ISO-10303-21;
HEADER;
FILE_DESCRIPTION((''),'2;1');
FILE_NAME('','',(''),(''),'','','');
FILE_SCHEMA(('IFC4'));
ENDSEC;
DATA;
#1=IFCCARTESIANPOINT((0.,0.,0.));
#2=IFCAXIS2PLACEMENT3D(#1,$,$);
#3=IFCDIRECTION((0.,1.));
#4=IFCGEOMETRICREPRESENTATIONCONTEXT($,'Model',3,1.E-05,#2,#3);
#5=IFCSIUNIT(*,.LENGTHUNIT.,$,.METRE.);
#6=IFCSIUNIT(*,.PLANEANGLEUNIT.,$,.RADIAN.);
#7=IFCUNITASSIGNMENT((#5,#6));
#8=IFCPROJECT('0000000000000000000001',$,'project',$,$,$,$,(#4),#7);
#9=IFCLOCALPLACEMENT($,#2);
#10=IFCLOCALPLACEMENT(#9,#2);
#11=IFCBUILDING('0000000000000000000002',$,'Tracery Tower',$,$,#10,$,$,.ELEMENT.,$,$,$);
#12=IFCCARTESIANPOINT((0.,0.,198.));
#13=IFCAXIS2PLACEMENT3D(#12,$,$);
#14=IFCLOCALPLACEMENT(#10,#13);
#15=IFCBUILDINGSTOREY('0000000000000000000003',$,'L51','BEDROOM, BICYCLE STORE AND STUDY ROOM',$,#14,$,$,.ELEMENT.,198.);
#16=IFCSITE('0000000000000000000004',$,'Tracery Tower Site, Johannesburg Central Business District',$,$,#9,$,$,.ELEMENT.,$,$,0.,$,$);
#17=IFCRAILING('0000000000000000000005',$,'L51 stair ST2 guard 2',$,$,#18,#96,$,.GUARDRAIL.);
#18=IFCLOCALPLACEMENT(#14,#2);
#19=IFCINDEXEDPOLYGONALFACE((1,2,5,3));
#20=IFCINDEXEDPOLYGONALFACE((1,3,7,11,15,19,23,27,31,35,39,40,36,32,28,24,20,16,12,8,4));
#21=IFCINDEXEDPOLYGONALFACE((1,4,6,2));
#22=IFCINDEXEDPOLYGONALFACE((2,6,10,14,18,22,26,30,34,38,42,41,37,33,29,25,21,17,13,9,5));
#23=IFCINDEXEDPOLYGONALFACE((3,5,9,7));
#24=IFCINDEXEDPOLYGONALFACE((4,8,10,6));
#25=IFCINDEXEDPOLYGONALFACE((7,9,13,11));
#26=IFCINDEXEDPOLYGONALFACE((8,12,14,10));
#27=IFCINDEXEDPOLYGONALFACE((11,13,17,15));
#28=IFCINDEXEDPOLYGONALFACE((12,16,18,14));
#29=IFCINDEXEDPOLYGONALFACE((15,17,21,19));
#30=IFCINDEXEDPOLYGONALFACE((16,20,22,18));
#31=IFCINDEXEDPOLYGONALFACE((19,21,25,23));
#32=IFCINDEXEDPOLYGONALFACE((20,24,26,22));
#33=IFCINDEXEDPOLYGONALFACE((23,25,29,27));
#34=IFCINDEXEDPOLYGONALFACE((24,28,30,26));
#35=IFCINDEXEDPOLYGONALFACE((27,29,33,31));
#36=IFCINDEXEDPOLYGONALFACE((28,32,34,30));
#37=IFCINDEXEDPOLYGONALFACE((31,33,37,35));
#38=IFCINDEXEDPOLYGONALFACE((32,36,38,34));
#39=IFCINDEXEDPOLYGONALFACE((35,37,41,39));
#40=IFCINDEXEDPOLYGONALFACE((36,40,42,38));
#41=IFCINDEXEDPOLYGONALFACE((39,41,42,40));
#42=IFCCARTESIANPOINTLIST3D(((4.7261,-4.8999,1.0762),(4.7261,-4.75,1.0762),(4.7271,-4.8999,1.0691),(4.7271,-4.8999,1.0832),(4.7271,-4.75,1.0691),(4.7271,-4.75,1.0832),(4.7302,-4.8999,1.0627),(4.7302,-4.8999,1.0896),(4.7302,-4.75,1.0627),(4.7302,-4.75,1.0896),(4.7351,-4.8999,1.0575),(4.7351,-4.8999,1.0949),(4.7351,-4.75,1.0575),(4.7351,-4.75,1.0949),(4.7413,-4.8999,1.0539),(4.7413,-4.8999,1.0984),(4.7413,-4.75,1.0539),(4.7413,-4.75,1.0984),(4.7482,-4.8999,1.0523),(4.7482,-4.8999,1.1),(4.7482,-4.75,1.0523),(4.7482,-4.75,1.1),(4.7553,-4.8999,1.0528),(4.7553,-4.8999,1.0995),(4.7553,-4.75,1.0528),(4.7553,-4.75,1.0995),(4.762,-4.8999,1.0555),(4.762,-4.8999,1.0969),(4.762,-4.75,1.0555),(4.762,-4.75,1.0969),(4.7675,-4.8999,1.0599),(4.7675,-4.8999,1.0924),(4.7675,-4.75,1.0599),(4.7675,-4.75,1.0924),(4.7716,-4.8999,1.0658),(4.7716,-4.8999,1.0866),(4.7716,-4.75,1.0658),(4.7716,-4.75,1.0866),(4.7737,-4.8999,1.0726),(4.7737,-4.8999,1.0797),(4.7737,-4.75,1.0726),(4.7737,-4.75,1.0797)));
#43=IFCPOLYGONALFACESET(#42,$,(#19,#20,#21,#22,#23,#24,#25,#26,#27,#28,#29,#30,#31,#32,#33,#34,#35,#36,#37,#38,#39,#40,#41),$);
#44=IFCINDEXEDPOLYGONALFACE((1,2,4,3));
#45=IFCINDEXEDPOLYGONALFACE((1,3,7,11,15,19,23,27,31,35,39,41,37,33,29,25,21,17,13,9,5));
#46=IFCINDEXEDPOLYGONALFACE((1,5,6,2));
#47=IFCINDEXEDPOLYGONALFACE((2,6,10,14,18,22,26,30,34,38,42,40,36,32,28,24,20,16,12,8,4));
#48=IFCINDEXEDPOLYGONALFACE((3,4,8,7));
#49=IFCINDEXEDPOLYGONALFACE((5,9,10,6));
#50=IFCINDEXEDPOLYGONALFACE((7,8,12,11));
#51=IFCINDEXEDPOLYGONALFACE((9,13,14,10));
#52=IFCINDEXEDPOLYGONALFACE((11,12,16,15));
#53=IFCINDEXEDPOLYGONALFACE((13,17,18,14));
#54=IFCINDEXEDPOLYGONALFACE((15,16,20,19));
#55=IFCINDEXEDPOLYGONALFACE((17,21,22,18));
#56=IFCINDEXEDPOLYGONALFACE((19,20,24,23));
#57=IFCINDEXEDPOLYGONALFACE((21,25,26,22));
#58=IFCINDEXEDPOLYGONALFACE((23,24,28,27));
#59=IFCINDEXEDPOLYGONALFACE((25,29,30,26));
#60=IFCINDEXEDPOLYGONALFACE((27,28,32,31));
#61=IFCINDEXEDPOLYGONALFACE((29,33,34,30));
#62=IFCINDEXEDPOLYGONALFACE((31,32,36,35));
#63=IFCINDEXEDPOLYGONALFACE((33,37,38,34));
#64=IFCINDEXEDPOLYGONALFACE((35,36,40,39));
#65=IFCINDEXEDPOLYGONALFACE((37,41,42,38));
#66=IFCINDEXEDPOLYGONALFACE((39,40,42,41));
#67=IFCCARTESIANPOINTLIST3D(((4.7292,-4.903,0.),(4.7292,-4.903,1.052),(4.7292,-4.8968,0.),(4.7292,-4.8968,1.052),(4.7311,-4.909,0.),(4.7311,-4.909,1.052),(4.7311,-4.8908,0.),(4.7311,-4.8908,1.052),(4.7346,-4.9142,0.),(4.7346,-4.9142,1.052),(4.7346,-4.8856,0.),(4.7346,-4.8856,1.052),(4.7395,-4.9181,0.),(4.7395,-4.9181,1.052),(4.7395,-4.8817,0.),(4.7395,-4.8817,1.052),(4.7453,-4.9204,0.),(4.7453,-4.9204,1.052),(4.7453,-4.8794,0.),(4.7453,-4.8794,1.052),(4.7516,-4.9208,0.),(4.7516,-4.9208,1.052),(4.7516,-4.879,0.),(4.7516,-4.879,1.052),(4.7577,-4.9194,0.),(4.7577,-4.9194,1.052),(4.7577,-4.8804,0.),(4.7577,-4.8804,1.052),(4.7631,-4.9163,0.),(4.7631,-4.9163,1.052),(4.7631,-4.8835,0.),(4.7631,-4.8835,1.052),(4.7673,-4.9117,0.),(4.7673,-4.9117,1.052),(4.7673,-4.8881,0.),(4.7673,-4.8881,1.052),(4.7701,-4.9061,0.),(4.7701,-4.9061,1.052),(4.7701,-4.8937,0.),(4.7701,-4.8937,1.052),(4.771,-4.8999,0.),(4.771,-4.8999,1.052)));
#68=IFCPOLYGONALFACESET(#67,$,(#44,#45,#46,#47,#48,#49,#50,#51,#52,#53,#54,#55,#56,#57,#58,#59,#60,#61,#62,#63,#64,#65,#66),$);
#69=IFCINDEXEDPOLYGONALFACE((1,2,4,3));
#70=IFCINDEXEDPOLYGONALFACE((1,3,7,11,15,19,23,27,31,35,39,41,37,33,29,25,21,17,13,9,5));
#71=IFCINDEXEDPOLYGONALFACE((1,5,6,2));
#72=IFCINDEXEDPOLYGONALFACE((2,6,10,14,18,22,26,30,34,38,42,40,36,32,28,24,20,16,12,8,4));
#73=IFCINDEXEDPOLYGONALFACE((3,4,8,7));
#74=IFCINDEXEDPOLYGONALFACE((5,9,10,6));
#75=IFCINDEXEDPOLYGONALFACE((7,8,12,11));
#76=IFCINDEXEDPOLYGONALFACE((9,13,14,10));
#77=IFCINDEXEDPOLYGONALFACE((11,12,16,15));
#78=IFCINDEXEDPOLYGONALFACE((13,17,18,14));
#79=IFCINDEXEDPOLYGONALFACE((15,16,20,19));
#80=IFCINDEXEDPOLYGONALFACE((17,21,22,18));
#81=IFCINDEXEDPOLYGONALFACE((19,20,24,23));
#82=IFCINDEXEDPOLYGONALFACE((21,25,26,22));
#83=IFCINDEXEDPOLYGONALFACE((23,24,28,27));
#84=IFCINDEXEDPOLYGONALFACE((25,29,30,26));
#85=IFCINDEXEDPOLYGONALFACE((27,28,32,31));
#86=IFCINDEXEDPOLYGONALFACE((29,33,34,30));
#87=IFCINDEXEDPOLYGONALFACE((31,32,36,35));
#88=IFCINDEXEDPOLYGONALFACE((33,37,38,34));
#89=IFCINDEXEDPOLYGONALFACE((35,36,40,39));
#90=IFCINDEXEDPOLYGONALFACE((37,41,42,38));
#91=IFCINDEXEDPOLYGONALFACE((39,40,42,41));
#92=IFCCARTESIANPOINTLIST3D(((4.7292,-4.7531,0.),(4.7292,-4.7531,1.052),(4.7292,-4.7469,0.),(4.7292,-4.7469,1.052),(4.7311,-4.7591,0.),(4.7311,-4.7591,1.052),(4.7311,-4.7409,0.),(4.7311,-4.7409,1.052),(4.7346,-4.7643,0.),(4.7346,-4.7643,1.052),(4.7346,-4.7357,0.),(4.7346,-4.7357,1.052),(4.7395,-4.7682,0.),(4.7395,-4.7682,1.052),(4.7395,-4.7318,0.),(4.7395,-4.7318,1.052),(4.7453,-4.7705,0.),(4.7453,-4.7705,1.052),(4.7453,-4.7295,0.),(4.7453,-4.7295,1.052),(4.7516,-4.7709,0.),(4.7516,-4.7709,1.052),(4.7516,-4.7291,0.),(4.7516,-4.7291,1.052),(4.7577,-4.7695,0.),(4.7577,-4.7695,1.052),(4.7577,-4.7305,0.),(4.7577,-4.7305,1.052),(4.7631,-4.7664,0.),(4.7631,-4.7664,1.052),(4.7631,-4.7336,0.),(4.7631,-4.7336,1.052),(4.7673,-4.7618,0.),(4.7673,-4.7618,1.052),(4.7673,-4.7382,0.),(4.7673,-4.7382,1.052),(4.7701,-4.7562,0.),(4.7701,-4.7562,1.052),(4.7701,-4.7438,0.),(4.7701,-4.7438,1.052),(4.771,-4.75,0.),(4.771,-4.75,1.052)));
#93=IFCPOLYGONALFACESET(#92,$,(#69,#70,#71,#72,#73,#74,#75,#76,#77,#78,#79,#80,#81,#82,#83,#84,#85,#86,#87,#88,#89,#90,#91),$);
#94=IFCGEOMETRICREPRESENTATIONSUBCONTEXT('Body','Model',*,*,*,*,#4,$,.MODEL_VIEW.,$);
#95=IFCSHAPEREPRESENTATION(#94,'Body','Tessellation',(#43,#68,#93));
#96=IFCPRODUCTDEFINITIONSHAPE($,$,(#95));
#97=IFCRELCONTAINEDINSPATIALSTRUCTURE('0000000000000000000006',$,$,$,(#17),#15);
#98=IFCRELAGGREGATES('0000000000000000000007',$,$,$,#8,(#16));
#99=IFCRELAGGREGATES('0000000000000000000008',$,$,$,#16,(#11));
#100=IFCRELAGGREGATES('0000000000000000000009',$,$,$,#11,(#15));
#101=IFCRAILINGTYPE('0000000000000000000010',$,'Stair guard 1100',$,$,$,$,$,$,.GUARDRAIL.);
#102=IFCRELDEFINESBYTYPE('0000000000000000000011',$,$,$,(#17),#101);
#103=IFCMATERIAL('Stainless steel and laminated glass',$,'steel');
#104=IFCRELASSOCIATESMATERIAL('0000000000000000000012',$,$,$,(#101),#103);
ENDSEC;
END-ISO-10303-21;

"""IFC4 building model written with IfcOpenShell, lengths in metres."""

from ifc_helpers import new_model, si_unit, direction, frame, origin, origin_2d, place, context, subcontext, project, spatial, circle, extrude, material, type_object, element, save


model = new_model("IFC4")

# Units and contexts
model_context = context("Model", 3, precision=1e-05, world=origin(), true_north=direction((0.0, 1.0)))
body_context = subcontext(model_context, "Body", "Model", "MODEL_VIEW")
ifc_project = project(units=[si_unit("LENGTHUNIT", "METRE"), si_unit("PLANEANGLEUNIT", "RADIAN")], contexts=[model_context])

# Site, building, storey
site_placement = place(None, origin())
site = spatial("IfcSite", under=ifc_project, at=site_placement, Name="Tracery Tower Site, Johannesburg Central Business District", CompositionType="ELEMENT", RefElevation=0.0)
building_placement = place(site_placement, origin())
building = spatial("IfcBuilding", under=site, at=building_placement, Name="Tracery Tower", CompositionType="ELEMENT")
storey_placement = place(building_placement, frame((0.0, 0.0, 198.0)))
storey = spatial("IfcBuildingStorey", under=building, at=storey_placement, Name="L51", Description="BEDROOM, BICYCLE STORE AND STUDY ROOM", CompositionType="ELEMENT", Elevation=198.0)

# Railing
ifc_material_1 = material(Name="Stainless steel and laminated glass", Category="steel")
railing_type_1 = type_object("IfcRailingType", Name="Stair guard 1100", PredefinedType="GUARDRAIL", material=ifc_material_1)
railing_1_placement = place(storey_placement, frame((4.75, -4.8999, 0.0)))
element("IfcRailing", 1, at=railing_1_placement, inside=storey, type_object=railing_type_1, Name="L51 stair ST2 guard 2", PredefinedType="GUARDRAIL", context=body_context, shape_type="SweptSolid", body=[
    extrude(circle(Radius=0.0239, at=origin_2d()), frame((0.0, 0.0, 1.0762), z_axis=(0.0, 1.0, 0.0), x_axis=(-1.0, 0.0, 0.0)), (0.0, 0.0, 1.0), 0.1499),
    extrude(circle(Radius=0.021, at=origin_2d()), origin(), (0.0, 0.0, 1.0), 1.052),
    extrude(circle(Radius=0.021, at=origin_2d()), frame((0.0, 0.1499, 0.0)), (0.0, 0.0, 1.0), 1.052),
])

save(model, "model.ifc")
